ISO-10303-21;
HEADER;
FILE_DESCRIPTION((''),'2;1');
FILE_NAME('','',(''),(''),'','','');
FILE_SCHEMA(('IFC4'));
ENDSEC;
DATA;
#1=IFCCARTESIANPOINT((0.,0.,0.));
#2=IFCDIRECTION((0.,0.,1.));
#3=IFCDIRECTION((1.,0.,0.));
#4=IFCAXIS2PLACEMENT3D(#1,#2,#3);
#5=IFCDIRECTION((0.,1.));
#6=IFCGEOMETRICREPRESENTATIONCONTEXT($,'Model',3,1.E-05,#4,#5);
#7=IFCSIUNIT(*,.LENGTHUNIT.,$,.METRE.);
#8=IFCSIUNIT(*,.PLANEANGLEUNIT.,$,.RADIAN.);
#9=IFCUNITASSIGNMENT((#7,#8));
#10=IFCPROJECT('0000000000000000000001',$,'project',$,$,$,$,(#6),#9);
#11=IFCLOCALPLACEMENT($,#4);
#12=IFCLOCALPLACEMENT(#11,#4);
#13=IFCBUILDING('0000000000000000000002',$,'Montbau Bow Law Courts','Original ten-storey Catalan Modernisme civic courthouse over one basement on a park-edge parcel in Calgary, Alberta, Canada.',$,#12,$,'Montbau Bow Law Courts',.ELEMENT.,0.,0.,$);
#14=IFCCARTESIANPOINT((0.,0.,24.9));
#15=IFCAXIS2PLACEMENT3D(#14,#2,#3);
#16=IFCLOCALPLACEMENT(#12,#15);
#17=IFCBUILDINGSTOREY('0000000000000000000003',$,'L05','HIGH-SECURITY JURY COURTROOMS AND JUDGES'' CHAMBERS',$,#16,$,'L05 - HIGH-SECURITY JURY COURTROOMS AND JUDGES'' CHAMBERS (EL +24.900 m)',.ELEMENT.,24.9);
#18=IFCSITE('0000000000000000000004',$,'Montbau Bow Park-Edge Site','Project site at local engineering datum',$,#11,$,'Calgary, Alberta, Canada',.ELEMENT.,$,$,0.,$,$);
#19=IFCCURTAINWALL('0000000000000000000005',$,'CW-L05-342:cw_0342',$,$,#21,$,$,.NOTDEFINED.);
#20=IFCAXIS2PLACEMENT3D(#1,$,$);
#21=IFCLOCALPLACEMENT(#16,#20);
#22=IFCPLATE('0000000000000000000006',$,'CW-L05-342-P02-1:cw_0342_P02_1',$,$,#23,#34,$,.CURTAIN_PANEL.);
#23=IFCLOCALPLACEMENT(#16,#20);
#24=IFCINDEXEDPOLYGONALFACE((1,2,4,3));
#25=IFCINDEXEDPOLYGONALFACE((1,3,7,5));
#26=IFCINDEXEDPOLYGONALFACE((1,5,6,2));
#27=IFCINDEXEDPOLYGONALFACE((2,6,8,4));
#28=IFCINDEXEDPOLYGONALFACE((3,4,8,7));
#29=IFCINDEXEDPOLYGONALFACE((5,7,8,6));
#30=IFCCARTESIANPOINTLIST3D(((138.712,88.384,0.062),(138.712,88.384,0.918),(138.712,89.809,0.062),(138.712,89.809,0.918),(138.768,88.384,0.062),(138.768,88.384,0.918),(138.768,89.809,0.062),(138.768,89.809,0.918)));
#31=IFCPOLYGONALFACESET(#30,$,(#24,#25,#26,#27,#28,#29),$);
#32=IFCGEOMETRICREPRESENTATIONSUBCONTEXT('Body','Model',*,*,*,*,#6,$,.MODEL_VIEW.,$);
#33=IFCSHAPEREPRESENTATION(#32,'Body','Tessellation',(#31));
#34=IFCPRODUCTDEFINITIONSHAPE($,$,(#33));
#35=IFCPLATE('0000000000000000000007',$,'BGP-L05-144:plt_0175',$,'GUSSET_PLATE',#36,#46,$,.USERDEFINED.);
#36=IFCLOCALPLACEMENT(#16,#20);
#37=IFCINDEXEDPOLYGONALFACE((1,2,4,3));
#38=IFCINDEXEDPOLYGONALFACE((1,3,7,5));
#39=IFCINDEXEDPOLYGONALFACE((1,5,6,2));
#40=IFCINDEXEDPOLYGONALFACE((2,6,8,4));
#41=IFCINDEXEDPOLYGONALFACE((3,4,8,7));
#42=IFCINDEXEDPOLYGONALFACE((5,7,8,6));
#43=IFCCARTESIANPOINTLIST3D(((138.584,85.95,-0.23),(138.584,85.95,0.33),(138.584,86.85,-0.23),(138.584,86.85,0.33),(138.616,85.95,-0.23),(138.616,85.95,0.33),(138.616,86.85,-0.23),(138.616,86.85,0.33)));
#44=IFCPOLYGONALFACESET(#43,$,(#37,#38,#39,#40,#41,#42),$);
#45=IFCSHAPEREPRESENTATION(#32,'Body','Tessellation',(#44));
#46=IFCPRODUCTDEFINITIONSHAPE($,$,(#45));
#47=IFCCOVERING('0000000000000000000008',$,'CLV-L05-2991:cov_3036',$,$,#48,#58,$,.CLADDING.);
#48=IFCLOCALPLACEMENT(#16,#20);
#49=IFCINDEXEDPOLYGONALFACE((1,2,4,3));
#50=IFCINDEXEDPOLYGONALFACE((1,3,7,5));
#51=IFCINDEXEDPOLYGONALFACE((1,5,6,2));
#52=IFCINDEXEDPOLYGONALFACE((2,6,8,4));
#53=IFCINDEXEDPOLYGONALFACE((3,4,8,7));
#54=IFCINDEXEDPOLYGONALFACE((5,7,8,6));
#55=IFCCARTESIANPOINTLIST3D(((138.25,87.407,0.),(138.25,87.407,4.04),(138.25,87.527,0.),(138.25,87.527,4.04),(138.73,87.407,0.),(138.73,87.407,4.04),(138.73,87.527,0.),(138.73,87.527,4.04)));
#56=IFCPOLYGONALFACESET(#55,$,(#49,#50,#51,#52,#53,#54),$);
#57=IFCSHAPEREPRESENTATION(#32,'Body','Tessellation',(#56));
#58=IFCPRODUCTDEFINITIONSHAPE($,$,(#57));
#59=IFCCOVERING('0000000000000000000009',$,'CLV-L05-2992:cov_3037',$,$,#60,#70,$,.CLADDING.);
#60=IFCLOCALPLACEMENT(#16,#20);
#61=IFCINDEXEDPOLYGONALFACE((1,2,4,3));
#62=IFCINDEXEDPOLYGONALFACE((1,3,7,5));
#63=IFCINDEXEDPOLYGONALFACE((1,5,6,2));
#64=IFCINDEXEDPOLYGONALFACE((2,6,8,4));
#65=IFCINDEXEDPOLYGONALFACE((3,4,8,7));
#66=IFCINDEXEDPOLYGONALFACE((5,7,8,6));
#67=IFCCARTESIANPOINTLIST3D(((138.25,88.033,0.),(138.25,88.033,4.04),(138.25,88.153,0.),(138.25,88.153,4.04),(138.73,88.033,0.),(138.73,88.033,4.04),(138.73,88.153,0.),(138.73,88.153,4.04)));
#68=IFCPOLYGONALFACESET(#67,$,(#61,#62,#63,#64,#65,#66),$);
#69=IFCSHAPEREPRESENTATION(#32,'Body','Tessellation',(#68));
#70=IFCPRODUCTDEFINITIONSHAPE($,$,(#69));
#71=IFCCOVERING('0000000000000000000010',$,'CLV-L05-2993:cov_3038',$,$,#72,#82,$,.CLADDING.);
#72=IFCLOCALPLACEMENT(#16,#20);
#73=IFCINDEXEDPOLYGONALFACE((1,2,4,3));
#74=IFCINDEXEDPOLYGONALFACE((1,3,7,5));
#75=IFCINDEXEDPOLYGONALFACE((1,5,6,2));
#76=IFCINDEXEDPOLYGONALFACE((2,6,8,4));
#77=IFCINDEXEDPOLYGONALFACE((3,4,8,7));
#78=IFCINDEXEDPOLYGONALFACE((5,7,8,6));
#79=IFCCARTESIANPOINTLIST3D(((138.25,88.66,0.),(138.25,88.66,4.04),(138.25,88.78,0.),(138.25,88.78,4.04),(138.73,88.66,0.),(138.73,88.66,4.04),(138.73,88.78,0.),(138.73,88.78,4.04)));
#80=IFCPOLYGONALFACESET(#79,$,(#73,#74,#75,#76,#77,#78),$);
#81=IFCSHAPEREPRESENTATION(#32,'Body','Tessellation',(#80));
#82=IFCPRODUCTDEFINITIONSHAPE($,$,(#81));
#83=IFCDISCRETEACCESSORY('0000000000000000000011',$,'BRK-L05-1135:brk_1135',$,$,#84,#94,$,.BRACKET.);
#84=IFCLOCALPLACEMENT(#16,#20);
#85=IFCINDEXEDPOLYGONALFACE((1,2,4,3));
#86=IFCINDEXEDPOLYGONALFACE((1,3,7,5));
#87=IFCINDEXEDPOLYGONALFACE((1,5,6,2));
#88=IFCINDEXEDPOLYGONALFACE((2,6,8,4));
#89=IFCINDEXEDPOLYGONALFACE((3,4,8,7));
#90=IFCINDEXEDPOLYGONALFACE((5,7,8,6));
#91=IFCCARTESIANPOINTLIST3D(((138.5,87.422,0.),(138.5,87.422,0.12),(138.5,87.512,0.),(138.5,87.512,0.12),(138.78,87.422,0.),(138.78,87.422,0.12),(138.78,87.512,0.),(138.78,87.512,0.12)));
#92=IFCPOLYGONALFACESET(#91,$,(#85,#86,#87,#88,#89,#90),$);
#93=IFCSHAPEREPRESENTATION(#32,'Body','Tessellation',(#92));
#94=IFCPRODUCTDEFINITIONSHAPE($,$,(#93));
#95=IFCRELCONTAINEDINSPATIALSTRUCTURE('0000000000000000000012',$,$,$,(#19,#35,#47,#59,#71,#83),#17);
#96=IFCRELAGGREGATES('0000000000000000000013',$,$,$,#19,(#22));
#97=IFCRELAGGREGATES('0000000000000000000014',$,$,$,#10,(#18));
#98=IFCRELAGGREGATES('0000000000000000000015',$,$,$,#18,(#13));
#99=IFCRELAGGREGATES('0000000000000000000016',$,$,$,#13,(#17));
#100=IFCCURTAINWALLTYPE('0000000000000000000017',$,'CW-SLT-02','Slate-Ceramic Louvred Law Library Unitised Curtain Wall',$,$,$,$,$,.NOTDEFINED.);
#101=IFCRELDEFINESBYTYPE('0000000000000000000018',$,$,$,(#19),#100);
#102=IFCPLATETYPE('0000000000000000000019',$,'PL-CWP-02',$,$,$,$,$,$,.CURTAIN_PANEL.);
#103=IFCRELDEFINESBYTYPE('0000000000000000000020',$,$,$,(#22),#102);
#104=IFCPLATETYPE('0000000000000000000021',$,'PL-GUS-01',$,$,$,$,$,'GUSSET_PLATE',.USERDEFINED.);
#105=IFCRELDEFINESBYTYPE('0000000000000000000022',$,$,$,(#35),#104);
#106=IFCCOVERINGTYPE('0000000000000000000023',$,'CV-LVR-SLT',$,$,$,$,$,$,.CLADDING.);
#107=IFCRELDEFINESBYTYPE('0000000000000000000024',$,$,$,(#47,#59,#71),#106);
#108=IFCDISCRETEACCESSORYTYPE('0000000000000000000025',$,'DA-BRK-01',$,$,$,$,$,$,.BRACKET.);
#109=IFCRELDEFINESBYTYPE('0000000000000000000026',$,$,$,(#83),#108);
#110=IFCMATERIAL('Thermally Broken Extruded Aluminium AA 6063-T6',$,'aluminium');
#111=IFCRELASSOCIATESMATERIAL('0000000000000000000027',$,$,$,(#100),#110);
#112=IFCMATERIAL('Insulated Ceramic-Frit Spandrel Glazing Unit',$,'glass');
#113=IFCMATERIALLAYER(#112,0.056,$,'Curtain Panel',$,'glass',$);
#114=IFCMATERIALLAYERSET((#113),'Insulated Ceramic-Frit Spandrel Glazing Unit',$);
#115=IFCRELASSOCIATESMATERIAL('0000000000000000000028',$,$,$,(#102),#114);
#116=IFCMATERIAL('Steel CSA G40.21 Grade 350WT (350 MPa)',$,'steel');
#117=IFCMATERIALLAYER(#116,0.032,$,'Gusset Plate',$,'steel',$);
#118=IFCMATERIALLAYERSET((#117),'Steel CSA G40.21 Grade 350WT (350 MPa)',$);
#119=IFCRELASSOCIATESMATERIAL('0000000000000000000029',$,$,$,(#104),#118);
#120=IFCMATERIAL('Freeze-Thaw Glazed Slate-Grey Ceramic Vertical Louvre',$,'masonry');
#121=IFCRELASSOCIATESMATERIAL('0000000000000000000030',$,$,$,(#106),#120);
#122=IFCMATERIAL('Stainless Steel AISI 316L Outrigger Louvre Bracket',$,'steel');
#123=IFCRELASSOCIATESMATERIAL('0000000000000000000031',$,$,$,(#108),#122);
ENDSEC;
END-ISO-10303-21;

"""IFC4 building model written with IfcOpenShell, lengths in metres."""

from ifc_helpers import new_model, si_unit, direction, frame, frame_2d, origin_with_axes, origin_2d_with_axis, place, context, subcontext, project, spatial, rectangle, extrude, material, layer, layer_set, type_object, element, aggregate, save


model = new_model("IFC4")

# Units and contexts
model_context = context("Model", 3, precision=1e-05, world=origin_with_axes(), true_north=direction((0.0, 1.0)))
body_context = subcontext(model_context, "Body", "Model", "MODEL_VIEW")
ifc_project = project(units=[si_unit("LENGTHUNIT", "METRE"), si_unit("PLANEANGLEUNIT", "RADIAN")], contexts=[model_context])

# Site, building, storey
site_placement = place(None, origin_with_axes())
site = spatial("IfcSite", under=ifc_project, at=site_placement, Name="Montbau Bow Park-Edge Site", Description="Project site at local engineering datum", LongName="Calgary, Alberta, Canada", CompositionType="ELEMENT", RefElevation=0.0)
building_placement = place(site_placement, origin_with_axes())
building = spatial("IfcBuilding", under=site, at=building_placement, Name="Montbau Bow Law Courts", Description="Original ten-storey Catalan Modernisme civic courthouse over one basement on a park-edge parcel in Calgary, Alberta, Canada.", LongName="Montbau Bow Law Courts", CompositionType="ELEMENT", ElevationOfRefHeight=0.0, ElevationOfTerrain=0.0)
storey_placement = place(building_placement, frame((0.0, 0.0, 24.9), z_axis=(0.0, 0.0, 1.0), x_axis=(1.0, 0.0, 0.0)))
storey = spatial("IfcBuildingStorey", under=building, at=storey_placement, Name="L05", Description="HIGH-SECURITY JURY COURTROOMS AND JUDGES' CHAMBERS", LongName="L05 - HIGH-SECURITY JURY COURTROOMS AND JUDGES' CHAMBERS (EL +24.900 m)", CompositionType="ELEMENT", Elevation=24.9)

# Shared definitions
ifc_material_1 = material(Name="Steel CSA G40.21 Grade 350WT (350 MPa)", Category="steel")

# Curtain wall, plate
ifc_material_2 = material(Name="Thermally Broken Extruded Aluminium AA 6063-T6", Category="aluminium")
curtain_wall_type = type_object("IfcCurtainWallType", Name="CW-SLT-02", Description="Slate-Ceramic Louvred Law Library Unitised Curtain Wall", PredefinedType="NOTDEFINED", material=ifc_material_2)
curtain_wall_placement = place(None, frame((138.74, 86.84, 24.9), z_axis=(0.0, 0.0, 1.0), x_axis=(1.0, 0.0, 0.0)))
curtain_wall = element("IfcCurtainWall", 1, at=curtain_wall_placement, inside=storey, type_object=curtain_wall_type, Name="CW-L05-342:cw_0342", PredefinedType="NOTDEFINED")
ifc_material_3 = material(Name="Insulated Ceramic-Frit Spandrel Glazing Unit", Category="glass")
ifc_layer_1 = layer(ifc_material_3, 0.056, Name="Curtain Panel", Category="glass")
ifc_layer_set_1 = layer_set([ifc_layer_1], Name="Insulated Ceramic-Frit Spandrel Glazing Unit")
plate_type_1 = type_object("IfcPlateType", Name="PL-CWP-02", PredefinedType="CURTAIN_PANEL", material=ifc_layer_set_1)
plate_1_placement = place(None, frame((138.74, 88.384, 24.962), z_axis=(1.0, 0.0, 0.0), x_axis=(0.0, 1.0, 0.0)))
plate_1 = element("IfcPlate", 2, at=plate_1_placement, type_object=plate_type_1, Name="CW-L05-342-P02-1:cw_0342_P02_1", PredefinedType="CURTAIN_PANEL", context=body_context, shape_type="SweptSolid", body=[
    extrude(rectangle(XDim=1.425, YDim=0.856, at=frame_2d((0.7125, 0.428), x_axis=(1.0, 0.0))), frame((0.0, 0.0, -0.028), z_axis=(0.0, 0.0, 1.0), x_axis=(1.0, 0.0, 0.0)), (0.0, 0.0, 1.0), 0.056),
])
aggregate(curtain_wall, [plate_1])

# Plate
ifc_layer_2 = layer(ifc_material_1, 0.032, Name="Gusset Plate", Category="steel")
ifc_layer_set_2 = layer_set([ifc_layer_2], Name="Steel CSA G40.21 Grade 350WT (350 MPa)")
plate_type_2 = type_object("IfcPlateType", Name="PL-GUS-01", ElementType="GUSSET_PLATE", PredefinedType="USERDEFINED", material=ifc_layer_set_2)
plate_2_placement = place(None, frame((138.6, 86.4, 24.67), z_axis=(0.0, 0.0, 1.0), x_axis=(0.0, 1.0, 0.0)))
element("IfcPlate", 3, at=plate_2_placement, inside=storey, type_object=plate_type_2, Name="BGP-L05-144:plt_0175", ObjectType="GUSSET_PLATE", PredefinedType="USERDEFINED", context=body_context, shape_type="SweptSolid", body=[
    extrude(rectangle(XDim=0.9, YDim=0.032, at=origin_2d_with_axis()), origin_with_axes(), (0.0, 0.0, 1.0), 0.56),
])

# Coverings
ifc_material_4 = material(Name="Freeze-Thaw Glazed Slate-Grey Ceramic Vertical Louvre", Category="masonry")
covering_type = type_object("IfcCoveringType", Name="CV-LVR-SLT", PredefinedType="CLADDING", material=ifc_material_4)
for number, where, z_axis, x_axis, name in (
    (4, (138.73, 87.467, 24.9), (0.0, 1.0, 0.0), (-1.0, 0.0, 0.0), "CLV-L05-2991:cov_3036"),
    (5, (138.73, 88.093, 24.9), (0.0, 1.0, 0.0), (-1.0, 0.0, 0.0), "CLV-L05-2992:cov_3037"),
    (6, (138.73, 88.72, 24.9), (0.0, 1.0, 0.0), (-1.0, 0.0, 0.0), "CLV-L05-2993:cov_3038"),
):
    element("IfcCovering", number, at=place(None, frame(where, z_axis=z_axis, x_axis=x_axis)), inside=storey, type_object=covering_type, Name=name, PredefinedType="CLADDING", context=body_context, shape_type="SweptSolid", body=[
        extrude(rectangle(XDim=0.48, YDim=4.04, at=frame_2d((0.24, 2.02), x_axis=(1.0, 0.0))), frame((0.0, 0.0, -0.06), z_axis=(0.0, 0.0, 1.0), x_axis=(1.0, 0.0, 0.0)), (0.0, 0.0, 1.0), 0.12),
    ])

# Discrete accessory
ifc_material_5 = material(Name="Stainless Steel AISI 316L Outrigger Louvre Bracket", Category="steel")
discrete_accessory_type = type_object("IfcDiscreteAccessoryType", Name="DA-BRK-01", PredefinedType="BRACKET", material=ifc_material_5)
discrete_accessory_placement = place(None, frame((138.64, 87.467, 24.9), z_axis=(0.0, 0.0, 1.0), x_axis=(-1.0, 0.0, 0.0)))
element("IfcDiscreteAccessory", 7, at=discrete_accessory_placement, inside=storey, type_object=discrete_accessory_type, Name="BRK-L05-1135:brk_1135", PredefinedType="BRACKET", context=body_context, shape_type="SweptSolid", body=[
    extrude(rectangle(XDim=0.28, YDim=0.09, at=origin_2d_with_axis()), origin_with_axes(), (0.0, 0.0, 1.0), 0.12),
])

save(model, "model.ifc")
